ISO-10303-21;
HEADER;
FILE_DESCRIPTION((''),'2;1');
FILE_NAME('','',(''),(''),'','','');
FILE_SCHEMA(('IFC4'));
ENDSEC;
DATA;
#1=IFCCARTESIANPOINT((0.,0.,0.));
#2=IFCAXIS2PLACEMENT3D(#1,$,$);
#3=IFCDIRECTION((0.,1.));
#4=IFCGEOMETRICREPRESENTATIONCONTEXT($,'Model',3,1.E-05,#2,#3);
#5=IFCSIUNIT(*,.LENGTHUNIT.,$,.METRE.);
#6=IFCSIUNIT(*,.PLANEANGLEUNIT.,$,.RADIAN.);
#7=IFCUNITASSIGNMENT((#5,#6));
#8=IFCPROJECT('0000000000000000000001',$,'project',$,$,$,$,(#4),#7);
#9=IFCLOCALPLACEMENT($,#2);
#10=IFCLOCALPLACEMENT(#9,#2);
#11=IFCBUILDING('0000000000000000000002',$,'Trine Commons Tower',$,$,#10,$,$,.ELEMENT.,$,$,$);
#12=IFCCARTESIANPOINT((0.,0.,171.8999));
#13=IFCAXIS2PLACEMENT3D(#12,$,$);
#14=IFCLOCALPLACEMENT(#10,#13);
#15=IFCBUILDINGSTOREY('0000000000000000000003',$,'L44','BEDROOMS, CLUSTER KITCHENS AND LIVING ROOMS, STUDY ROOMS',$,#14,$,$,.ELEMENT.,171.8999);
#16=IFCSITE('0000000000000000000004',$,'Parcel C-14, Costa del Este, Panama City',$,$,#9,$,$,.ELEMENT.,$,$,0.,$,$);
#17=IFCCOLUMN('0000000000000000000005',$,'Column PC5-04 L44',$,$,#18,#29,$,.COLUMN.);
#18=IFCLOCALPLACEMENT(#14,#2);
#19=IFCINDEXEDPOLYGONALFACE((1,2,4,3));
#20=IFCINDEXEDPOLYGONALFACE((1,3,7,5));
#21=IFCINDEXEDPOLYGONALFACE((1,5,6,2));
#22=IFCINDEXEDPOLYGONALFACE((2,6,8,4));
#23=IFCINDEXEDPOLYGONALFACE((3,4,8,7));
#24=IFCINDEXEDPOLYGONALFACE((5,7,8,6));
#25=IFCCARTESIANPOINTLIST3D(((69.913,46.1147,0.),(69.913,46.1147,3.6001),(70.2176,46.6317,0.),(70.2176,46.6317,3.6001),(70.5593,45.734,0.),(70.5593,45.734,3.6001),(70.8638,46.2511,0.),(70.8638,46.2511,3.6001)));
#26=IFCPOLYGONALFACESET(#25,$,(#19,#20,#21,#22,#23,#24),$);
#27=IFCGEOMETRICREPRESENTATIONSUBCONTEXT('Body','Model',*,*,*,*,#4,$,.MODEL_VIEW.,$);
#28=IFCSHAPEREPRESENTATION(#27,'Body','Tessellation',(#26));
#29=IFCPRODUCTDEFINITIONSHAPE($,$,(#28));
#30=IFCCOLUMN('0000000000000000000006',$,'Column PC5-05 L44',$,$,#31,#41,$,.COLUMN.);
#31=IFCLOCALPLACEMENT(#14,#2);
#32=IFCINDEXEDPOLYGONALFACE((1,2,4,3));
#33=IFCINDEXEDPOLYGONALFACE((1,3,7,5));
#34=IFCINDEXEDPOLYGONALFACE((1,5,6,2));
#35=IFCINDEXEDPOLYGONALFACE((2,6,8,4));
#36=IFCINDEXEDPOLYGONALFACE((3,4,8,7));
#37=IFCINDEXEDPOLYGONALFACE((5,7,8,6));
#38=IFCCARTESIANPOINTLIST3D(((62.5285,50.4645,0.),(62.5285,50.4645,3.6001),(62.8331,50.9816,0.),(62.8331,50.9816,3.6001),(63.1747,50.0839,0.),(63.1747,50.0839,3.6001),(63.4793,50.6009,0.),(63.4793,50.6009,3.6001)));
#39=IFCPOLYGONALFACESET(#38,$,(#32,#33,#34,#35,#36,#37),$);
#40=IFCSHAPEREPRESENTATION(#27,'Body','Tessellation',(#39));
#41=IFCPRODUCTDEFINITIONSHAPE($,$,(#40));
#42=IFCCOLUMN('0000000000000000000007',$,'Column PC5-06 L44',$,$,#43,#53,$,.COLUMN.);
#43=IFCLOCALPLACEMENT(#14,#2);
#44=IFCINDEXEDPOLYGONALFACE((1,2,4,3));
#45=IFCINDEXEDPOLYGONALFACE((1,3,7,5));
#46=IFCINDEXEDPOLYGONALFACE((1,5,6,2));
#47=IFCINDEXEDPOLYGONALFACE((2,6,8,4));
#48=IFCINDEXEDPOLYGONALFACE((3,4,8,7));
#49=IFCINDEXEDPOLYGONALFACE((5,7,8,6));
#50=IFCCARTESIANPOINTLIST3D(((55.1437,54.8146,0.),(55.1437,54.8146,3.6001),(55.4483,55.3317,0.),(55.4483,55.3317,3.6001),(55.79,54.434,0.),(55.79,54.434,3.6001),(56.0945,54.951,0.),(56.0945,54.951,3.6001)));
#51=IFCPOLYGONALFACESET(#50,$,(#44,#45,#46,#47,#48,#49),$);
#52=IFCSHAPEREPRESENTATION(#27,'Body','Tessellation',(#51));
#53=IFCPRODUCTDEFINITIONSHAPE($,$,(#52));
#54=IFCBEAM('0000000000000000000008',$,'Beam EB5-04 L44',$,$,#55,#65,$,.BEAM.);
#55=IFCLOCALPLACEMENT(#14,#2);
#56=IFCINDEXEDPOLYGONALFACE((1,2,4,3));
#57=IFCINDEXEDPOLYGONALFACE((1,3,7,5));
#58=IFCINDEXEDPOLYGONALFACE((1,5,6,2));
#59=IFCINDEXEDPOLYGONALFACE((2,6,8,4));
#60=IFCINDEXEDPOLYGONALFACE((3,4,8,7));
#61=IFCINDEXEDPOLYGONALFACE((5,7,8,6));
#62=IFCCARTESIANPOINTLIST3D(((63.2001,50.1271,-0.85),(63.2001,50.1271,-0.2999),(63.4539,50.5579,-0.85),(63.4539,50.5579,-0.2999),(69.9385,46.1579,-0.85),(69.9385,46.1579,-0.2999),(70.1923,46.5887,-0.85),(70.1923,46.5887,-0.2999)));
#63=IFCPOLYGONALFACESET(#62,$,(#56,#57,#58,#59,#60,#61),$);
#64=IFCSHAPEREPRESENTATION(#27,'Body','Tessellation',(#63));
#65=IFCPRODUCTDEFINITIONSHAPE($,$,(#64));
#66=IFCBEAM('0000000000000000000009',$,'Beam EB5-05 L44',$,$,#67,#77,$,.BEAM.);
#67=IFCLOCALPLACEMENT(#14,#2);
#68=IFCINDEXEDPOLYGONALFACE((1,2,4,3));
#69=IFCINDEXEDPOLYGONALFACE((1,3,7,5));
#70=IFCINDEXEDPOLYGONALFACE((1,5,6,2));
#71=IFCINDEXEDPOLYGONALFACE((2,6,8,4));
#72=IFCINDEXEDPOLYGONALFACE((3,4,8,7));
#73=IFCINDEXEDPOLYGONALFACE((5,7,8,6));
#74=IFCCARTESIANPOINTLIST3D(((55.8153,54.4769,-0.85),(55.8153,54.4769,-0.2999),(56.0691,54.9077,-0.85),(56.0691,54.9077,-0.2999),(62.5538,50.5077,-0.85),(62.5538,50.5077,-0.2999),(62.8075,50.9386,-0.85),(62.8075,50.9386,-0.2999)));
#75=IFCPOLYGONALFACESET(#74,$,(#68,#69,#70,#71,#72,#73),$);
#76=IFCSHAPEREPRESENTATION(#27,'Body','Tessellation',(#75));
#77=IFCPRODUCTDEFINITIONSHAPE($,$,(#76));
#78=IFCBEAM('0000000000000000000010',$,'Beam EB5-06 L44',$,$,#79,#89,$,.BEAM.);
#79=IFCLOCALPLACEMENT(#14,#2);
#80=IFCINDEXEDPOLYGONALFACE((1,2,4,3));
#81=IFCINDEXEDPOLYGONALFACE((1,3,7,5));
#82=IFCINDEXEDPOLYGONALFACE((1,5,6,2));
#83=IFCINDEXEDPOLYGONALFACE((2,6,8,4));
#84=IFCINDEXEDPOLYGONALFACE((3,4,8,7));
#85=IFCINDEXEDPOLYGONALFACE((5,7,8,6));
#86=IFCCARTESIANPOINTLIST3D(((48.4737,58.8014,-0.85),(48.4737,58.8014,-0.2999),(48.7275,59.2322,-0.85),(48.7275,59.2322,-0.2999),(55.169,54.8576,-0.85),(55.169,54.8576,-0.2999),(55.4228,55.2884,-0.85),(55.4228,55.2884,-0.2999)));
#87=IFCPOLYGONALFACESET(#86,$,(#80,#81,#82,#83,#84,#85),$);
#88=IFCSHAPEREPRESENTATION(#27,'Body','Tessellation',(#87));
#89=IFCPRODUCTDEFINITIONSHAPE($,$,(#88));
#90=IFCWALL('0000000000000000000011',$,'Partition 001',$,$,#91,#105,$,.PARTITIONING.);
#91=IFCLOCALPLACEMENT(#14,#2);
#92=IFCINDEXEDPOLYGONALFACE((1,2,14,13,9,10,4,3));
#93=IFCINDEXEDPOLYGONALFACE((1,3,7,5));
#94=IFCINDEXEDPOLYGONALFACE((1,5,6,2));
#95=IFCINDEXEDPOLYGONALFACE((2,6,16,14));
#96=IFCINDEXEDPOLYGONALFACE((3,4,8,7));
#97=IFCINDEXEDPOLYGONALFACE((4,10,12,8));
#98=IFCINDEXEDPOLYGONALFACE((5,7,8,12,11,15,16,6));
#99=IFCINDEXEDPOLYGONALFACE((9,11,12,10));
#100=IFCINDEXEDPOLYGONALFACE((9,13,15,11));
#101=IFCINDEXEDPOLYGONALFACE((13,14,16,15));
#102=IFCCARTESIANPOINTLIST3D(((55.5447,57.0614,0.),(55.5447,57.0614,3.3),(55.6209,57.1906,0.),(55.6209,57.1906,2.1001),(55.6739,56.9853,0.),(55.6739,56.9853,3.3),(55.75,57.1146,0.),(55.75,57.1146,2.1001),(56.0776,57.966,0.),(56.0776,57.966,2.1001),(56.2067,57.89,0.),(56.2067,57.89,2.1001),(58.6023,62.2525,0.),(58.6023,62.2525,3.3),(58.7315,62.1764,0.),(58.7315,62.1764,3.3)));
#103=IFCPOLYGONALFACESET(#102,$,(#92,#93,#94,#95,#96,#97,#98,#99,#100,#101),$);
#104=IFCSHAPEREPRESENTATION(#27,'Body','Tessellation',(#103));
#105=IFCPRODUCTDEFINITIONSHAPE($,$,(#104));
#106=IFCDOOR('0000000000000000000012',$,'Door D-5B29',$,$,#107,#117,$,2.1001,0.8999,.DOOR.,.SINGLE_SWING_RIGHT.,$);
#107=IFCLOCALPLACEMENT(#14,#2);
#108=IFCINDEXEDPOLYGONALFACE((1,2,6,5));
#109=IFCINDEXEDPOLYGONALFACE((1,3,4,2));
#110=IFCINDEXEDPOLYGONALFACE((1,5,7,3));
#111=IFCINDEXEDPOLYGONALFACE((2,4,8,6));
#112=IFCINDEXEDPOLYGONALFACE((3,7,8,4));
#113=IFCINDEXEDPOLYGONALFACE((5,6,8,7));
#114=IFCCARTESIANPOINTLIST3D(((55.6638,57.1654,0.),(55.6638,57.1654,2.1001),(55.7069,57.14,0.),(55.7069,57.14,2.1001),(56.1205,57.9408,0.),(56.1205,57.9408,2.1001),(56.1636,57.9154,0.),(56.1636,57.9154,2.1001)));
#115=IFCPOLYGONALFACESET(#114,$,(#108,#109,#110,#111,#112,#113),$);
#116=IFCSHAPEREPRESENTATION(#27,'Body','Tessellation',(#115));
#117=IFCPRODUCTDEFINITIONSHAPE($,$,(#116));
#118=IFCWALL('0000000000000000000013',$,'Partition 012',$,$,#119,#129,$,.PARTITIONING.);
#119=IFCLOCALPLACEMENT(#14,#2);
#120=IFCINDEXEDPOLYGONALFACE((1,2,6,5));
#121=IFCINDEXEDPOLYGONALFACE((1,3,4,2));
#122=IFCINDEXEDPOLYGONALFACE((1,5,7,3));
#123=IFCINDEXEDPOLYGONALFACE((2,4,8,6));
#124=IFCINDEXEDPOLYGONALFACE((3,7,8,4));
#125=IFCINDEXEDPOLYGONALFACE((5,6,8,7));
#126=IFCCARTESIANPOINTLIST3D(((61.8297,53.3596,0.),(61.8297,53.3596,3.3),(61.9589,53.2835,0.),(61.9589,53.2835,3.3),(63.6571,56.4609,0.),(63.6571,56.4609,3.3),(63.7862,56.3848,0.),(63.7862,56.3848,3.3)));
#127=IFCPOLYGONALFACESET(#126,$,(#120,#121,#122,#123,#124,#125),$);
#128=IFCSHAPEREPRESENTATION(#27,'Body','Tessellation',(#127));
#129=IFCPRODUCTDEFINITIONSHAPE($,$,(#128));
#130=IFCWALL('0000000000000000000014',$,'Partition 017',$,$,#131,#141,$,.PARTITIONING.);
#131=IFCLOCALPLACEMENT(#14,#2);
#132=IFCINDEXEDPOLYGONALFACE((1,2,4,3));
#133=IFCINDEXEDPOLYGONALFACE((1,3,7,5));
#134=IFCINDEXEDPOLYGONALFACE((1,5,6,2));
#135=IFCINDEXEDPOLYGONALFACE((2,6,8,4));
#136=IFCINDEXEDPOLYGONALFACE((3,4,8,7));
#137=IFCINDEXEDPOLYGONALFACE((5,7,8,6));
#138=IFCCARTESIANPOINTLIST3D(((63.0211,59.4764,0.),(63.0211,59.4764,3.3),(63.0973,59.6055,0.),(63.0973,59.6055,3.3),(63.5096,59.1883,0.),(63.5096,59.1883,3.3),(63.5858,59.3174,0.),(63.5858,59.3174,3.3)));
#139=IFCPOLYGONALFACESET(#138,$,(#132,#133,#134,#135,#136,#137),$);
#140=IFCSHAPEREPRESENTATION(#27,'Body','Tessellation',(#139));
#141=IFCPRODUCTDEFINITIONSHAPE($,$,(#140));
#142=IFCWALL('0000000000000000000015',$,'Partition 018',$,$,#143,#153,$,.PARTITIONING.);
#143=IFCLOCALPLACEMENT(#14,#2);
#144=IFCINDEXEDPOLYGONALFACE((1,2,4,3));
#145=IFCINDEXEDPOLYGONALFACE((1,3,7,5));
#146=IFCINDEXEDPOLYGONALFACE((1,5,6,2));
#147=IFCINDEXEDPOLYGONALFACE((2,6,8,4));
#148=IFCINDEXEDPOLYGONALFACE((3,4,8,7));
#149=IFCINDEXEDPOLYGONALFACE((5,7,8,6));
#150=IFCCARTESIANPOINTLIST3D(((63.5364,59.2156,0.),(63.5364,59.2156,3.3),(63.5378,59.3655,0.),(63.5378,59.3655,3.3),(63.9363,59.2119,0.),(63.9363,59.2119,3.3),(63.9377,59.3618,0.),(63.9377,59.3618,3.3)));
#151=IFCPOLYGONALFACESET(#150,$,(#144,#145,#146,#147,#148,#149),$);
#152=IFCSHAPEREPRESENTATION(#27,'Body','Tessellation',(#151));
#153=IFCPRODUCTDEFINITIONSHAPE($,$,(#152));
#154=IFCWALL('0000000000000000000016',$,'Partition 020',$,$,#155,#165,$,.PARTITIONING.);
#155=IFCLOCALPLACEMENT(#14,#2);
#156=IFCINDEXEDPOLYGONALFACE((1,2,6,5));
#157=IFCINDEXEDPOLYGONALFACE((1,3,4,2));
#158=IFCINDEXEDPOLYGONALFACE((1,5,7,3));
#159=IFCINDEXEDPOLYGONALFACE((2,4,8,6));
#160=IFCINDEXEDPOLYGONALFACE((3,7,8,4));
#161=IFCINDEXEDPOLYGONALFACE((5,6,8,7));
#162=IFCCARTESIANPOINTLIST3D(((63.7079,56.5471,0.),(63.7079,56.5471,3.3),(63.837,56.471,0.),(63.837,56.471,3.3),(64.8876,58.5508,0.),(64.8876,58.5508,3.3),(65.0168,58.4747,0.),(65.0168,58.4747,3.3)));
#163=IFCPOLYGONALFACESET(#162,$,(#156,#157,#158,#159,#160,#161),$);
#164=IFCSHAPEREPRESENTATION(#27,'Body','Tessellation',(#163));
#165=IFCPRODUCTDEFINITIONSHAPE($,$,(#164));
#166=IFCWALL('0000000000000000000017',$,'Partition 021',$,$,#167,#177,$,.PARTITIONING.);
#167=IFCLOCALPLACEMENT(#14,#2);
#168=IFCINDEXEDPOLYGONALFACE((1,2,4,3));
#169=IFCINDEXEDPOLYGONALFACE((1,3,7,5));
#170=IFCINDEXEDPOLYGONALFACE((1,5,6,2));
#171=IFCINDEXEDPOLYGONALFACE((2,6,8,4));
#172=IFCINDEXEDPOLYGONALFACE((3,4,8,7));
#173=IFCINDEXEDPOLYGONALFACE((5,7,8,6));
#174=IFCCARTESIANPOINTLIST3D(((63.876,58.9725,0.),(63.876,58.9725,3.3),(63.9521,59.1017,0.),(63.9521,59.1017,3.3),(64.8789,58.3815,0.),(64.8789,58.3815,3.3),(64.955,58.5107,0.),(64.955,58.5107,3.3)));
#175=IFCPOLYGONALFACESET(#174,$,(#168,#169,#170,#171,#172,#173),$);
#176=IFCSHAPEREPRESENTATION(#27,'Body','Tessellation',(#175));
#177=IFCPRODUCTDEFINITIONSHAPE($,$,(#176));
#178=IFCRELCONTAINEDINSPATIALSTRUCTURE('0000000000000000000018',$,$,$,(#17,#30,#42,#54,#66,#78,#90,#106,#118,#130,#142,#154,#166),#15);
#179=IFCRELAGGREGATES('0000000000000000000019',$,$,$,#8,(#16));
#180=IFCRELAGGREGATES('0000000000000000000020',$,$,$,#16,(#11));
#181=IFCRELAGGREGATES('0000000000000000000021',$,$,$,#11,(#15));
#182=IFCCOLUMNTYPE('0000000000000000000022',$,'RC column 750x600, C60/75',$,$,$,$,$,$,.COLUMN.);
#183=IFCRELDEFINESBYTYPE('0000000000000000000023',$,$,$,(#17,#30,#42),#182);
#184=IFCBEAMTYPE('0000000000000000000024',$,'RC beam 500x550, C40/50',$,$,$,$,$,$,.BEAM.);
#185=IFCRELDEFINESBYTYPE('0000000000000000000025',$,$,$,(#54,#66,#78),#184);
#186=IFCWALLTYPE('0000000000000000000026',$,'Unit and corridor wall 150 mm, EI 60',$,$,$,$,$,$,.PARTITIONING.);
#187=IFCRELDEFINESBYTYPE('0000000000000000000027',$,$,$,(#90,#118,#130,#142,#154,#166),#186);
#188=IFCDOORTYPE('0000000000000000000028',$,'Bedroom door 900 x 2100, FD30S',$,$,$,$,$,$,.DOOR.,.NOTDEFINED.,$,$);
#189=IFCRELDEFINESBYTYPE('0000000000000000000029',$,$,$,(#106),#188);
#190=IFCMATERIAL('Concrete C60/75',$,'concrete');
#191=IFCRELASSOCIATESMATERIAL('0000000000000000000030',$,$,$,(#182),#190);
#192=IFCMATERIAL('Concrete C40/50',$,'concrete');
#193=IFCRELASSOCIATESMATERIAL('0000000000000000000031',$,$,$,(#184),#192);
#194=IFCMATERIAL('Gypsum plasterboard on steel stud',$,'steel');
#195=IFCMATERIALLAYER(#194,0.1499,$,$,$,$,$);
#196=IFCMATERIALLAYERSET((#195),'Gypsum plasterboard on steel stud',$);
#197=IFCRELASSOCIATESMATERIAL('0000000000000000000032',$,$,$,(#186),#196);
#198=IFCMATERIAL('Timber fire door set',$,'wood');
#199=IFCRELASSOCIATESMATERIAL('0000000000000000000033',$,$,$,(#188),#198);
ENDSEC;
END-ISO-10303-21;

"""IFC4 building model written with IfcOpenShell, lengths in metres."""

from ifc_helpers import new_model, si_unit, direction, frame, frame_2d, origin, origin_2d, place, context, subcontext, project, spatial, rectangle, extrude, material, layer, layer_set, material_profile, profile_set, type_object, element, fill, save


model = new_model("IFC4")

# Units and contexts
model_context = context("Model", 3, precision=1e-05, world=origin(), true_north=direction((0.0, 1.0)))
body_context = subcontext(model_context, "Body", "Model", "MODEL_VIEW")
ifc_project = project(units=[si_unit("LENGTHUNIT", "METRE"), si_unit("PLANEANGLEUNIT", "RADIAN")], contexts=[model_context])

# Site, building, storey
site_placement = place(None, origin())
site = spatial("IfcSite", under=ifc_project, at=site_placement, Name="Parcel C-14, Costa del Este, Panama City", CompositionType="ELEMENT", RefElevation=0.0)
building_placement = place(site_placement, origin())
building = spatial("IfcBuilding", under=site, at=building_placement, Name="Trine Commons Tower", CompositionType="ELEMENT")
storey_placement = place(building_placement, frame((0.0, 0.0, 171.8999)))
storey = spatial("IfcBuildingStorey", under=building, at=storey_placement, Name="L44", Description="BEDROOMS, CLUSTER KITCHENS AND LIVING ROOMS, STUDY ROOMS", CompositionType="ELEMENT", Elevation=171.8999)

# Columns
ifc_material_1 = material(Name="Concrete C60/75", Category="concrete")
ifc_material_profile_1 = material_profile(ifc_material_1, rectangle(XDim=0.75, YDim=0.6001, at=origin_2d()), Name="RC 750x600")
ifc_profile_set_1 = profile_set([ifc_material_profile_1], Name="Concrete C60/75")
column_type = type_object("IfcColumnType", Name="RC column 750x600, C60/75", PredefinedType="COLUMN", material=ifc_profile_set_1)
for number, where, z_axis, x_axis, name in (
    (1, (70.3884, 46.1829, 0.0), (0.0, 0.0, 1.0), (-0.861629, 0.507538, 0.0), "Column PC5-04 L44"),
    (2, (63.0039, 50.5327, 0.0), (0.0, 0.0, 1.0), (-0.861629, 0.507538, 0.0), "Column PC5-05 L44"),
    (3, (55.6191, 54.8828, 0.0), (0.0, 0.0, 1.0), (-0.861629, 0.507538, 0.0), "Column PC5-06 L44"),
):
    element("IfcColumn", number, at=place(storey_placement, frame(where, z_axis=z_axis, x_axis=x_axis)), inside=storey, type_object=column_type, Name=name, PredefinedType="COLUMN", context=body_context, shape_type="SweptSolid", body=[
        extrude(rectangle(XDim=0.75, YDim=0.6001, at=origin_2d()), origin(), (0.0, 0.0, 1.0), 3.6001),
    ])

# Beams
ifc_material_2 = material(Name="Concrete C40/50", Category="concrete")
ifc_material_profile_2 = material_profile(ifc_material_2, rectangle(XDim=0.5, YDim=0.55, at=origin_2d()), Name="RC 500x550")
ifc_profile_set_2 = profile_set([ifc_material_profile_2], Name="Concrete C40/50")
beam_type = type_object("IfcBeamType", Name="RC beam 500x550, C40/50", PredefinedType="BEAM", material=ifc_profile_set_2)
for number, where, z_axis, x_axis, name in (
    (4, (70.0654, 46.3733, -0.575), (-0.861632, 0.507533, 0.0), (-0.507533, -0.861632, 0.0), "Beam EB5-04 L44"),
    (5, (62.6807, 50.7231, -0.575), (-0.861632, 0.507533, 0.0), (-0.507533, -0.861632, 0.0), "Beam EB5-05 L44"),
):
    element("IfcBeam", number, at=place(storey_placement, frame(where, z_axis=z_axis, x_axis=x_axis)), inside=storey, type_object=beam_type, Name=name, PredefinedType="BEAM", context=body_context, shape_type="SweptSolid", body=[
        extrude(rectangle(XDim=0.5, YDim=0.55, at=origin_2d()), origin(), (0.0, 0.0, 1.0), 7.8206),
    ])
beam_placement = place(storey_placement, frame((55.2959, 55.073, -0.575), z_axis=(-0.861629, 0.507539, 0.0), x_axis=(-0.507539, -0.861629, 0.0)))
element("IfcBeam", 6, at=beam_placement, inside=storey, type_object=beam_type, Name="Beam EB5-06 L44", PredefinedType="BEAM", context=body_context, shape_type="SweptSolid", body=[
    extrude(rectangle(XDim=0.5, YDim=0.55, at=origin_2d()), origin(), (0.0, 0.0, 1.0), 7.7705),
])

# Wall, opening, door
ifc_material_3 = material(Name="Gypsum plasterboard on steel stud", Category="steel")
ifc_layer_1 = layer(ifc_material_3, 0.1499)
ifc_layer_set_1 = layer_set([ifc_layer_1], Name="Gypsum plasterboard on steel stud")
wall_type_1 = type_object("IfcWallType", Name="Unit and corridor wall 150 mm, EI 60", PredefinedType="PARTITIONING", material=ifc_layer_set_1)
wall_1_placement = place(storey_placement, frame((55.6094, 57.0234, 0.0), z_axis=(0.0, 0.0, 1.0), x_axis=(0.507512, 0.861644, 0.0)))
wall_1 = element("IfcWall", 7, at=wall_1_placement, inside=storey, type_object=wall_type_1, Name="Partition 001", PredefinedType="PARTITIONING", context=body_context, shape_type="SweptSolid", body=[
    extrude(rectangle(XDim=6.0247, YDim=0.1499, at=frame_2d((3.0122, 0.0))), origin(), (0.0, 0.0, 1.0), 3.3),
])
opening_1_placement = place(wall_1_placement, frame((0.1499, 0.0, 0.0)))
opening_1 = element("IfcOpeningElement", 8, at=opening_1_placement, cuts=wall_1, PredefinedType="OPENING", context=body_context, shape_type="SweptSolid", body=[
    extrude(rectangle(XDim=0.8999, YDim=2.1001, at=frame_2d((0.45, 1.05))), frame((0.0, 0.085, 0.0), z_axis=(0.0, -1.0, 0.0), x_axis=(1.0, 0.0, 0.0)), (0.0, 0.0, 1.0), 0.1699),
])
ifc_material_4 = material(Name="Timber fire door set", Category="wood")
door_type_1 = type_object("IfcDoorType", Name="Bedroom door 900 x 2100, FD30S", OperationType="NOTDEFINED", PredefinedType="DOOR", material=ifc_material_4)
door_1_placement = place(opening_1_placement, frame((0.8999, 0.0, 0.0), z_axis=(0.0, 0.0, 1.0), x_axis=(-1.0, 0.0, 0.0)))
door_1 = element("IfcDoor", 9, at=door_1_placement, inside=storey, type_object=door_type_1, Name="Door D-5B29", OperationType="SINGLE_SWING_RIGHT", OverallHeight=2.1001, OverallWidth=0.8999, PredefinedType="DOOR", context=body_context, shape_type="SweptSolid", body=[
    extrude(rectangle(XDim=0.8999, YDim=2.1001, at=frame_2d((0.45, 1.05))), frame((0.0, 0.0249, 0.0), z_axis=(0.0, -1.0, 0.0), x_axis=(1.0, 0.0, 0.0)), (0.0, 0.0, 1.0), 0.05),
])
fill(opening_1, door_1)

# Walls
wall_2_placement = place(storey_placement, frame((61.8943, 53.3215, 0.0), z_axis=(0.0, 0.0, 1.0), x_axis=(0.507657, 0.861559, 0.0)))
element("IfcWall", 10, at=wall_2_placement, inside=storey, type_object=wall_type_1, Name="Partition 012", PredefinedType="PARTITIONING", context=body_context, shape_type="SweptSolid", body=[
    extrude(rectangle(XDim=3.5996, YDim=0.1499, at=frame_2d((1.7998, 0.0))), origin(), (0.0, 0.0, 1.0), 3.3),
])
wall_3_placement = place(storey_placement, frame((63.0591, 59.541, 0.0), z_axis=(0.0, 0.0, 1.0), x_axis=(0.86138, -0.50796, 0.0)))
element("IfcWall", 11, at=wall_3_placement, inside=storey, type_object=wall_type_1, Name="Partition 017", PredefinedType="PARTITIONING", context=body_context, shape_type="SweptSolid", body=[
    extrude(rectangle(XDim=0.5671, YDim=0.1499, at=frame_2d((0.2837, 0.0))), origin(), (0.0, 0.0, 1.0), 3.3),
])
wall_4_placement = place(storey_placement, frame((63.5371, 59.2905, 0.0), z_axis=(0.0, 0.0, 1.0), x_axis=(0.999958, -0.009157, 0.0)))
element("IfcWall", 12, at=wall_4_placement, inside=storey, type_object=wall_type_1, Name="Partition 018", PredefinedType="PARTITIONING", context=body_context, shape_type="SweptSolid", body=[
    extrude(rectangle(XDim=0.3999, YDim=0.1499, at=frame_2d((0.2, 0.0))), origin(), (0.0, 0.0, 1.0), 3.3),
])
wall_5_placement = place(storey_placement, frame((63.7725, 56.509, 0.0), z_axis=(0.0, 0.0, 1.0), x_axis=(0.50736, 0.861734, 0.0)))
element("IfcWall", 13, at=wall_5_placement, inside=storey, type_object=wall_type_1, Name="Partition 020", PredefinedType="PARTITIONING", context=body_context, shape_type="SweptSolid", body=[
    extrude(rectangle(XDim=2.3252, YDim=0.1499, at=frame_2d((1.1626, 0.0))), origin(), (0.0, 0.0, 1.0), 3.3),
])
wall_6_placement = place(storey_placement, frame((63.9141, 59.0371, 0.0), z_axis=(0.0, 0.0, 1.0), x_axis=(0.861519, -0.507726, 0.0)))
element("IfcWall", 14, at=wall_6_placement, inside=storey, type_object=wall_type_1, Name="Partition 021", PredefinedType="PARTITIONING", context=body_context, shape_type="SweptSolid", body=[
    extrude(rectangle(XDim=1.1641, YDim=0.1499, at=frame_2d((0.582, 0.0))), origin(), (0.0, 0.0, 1.0), 3.3),
])

save(model, "model.ifc")
